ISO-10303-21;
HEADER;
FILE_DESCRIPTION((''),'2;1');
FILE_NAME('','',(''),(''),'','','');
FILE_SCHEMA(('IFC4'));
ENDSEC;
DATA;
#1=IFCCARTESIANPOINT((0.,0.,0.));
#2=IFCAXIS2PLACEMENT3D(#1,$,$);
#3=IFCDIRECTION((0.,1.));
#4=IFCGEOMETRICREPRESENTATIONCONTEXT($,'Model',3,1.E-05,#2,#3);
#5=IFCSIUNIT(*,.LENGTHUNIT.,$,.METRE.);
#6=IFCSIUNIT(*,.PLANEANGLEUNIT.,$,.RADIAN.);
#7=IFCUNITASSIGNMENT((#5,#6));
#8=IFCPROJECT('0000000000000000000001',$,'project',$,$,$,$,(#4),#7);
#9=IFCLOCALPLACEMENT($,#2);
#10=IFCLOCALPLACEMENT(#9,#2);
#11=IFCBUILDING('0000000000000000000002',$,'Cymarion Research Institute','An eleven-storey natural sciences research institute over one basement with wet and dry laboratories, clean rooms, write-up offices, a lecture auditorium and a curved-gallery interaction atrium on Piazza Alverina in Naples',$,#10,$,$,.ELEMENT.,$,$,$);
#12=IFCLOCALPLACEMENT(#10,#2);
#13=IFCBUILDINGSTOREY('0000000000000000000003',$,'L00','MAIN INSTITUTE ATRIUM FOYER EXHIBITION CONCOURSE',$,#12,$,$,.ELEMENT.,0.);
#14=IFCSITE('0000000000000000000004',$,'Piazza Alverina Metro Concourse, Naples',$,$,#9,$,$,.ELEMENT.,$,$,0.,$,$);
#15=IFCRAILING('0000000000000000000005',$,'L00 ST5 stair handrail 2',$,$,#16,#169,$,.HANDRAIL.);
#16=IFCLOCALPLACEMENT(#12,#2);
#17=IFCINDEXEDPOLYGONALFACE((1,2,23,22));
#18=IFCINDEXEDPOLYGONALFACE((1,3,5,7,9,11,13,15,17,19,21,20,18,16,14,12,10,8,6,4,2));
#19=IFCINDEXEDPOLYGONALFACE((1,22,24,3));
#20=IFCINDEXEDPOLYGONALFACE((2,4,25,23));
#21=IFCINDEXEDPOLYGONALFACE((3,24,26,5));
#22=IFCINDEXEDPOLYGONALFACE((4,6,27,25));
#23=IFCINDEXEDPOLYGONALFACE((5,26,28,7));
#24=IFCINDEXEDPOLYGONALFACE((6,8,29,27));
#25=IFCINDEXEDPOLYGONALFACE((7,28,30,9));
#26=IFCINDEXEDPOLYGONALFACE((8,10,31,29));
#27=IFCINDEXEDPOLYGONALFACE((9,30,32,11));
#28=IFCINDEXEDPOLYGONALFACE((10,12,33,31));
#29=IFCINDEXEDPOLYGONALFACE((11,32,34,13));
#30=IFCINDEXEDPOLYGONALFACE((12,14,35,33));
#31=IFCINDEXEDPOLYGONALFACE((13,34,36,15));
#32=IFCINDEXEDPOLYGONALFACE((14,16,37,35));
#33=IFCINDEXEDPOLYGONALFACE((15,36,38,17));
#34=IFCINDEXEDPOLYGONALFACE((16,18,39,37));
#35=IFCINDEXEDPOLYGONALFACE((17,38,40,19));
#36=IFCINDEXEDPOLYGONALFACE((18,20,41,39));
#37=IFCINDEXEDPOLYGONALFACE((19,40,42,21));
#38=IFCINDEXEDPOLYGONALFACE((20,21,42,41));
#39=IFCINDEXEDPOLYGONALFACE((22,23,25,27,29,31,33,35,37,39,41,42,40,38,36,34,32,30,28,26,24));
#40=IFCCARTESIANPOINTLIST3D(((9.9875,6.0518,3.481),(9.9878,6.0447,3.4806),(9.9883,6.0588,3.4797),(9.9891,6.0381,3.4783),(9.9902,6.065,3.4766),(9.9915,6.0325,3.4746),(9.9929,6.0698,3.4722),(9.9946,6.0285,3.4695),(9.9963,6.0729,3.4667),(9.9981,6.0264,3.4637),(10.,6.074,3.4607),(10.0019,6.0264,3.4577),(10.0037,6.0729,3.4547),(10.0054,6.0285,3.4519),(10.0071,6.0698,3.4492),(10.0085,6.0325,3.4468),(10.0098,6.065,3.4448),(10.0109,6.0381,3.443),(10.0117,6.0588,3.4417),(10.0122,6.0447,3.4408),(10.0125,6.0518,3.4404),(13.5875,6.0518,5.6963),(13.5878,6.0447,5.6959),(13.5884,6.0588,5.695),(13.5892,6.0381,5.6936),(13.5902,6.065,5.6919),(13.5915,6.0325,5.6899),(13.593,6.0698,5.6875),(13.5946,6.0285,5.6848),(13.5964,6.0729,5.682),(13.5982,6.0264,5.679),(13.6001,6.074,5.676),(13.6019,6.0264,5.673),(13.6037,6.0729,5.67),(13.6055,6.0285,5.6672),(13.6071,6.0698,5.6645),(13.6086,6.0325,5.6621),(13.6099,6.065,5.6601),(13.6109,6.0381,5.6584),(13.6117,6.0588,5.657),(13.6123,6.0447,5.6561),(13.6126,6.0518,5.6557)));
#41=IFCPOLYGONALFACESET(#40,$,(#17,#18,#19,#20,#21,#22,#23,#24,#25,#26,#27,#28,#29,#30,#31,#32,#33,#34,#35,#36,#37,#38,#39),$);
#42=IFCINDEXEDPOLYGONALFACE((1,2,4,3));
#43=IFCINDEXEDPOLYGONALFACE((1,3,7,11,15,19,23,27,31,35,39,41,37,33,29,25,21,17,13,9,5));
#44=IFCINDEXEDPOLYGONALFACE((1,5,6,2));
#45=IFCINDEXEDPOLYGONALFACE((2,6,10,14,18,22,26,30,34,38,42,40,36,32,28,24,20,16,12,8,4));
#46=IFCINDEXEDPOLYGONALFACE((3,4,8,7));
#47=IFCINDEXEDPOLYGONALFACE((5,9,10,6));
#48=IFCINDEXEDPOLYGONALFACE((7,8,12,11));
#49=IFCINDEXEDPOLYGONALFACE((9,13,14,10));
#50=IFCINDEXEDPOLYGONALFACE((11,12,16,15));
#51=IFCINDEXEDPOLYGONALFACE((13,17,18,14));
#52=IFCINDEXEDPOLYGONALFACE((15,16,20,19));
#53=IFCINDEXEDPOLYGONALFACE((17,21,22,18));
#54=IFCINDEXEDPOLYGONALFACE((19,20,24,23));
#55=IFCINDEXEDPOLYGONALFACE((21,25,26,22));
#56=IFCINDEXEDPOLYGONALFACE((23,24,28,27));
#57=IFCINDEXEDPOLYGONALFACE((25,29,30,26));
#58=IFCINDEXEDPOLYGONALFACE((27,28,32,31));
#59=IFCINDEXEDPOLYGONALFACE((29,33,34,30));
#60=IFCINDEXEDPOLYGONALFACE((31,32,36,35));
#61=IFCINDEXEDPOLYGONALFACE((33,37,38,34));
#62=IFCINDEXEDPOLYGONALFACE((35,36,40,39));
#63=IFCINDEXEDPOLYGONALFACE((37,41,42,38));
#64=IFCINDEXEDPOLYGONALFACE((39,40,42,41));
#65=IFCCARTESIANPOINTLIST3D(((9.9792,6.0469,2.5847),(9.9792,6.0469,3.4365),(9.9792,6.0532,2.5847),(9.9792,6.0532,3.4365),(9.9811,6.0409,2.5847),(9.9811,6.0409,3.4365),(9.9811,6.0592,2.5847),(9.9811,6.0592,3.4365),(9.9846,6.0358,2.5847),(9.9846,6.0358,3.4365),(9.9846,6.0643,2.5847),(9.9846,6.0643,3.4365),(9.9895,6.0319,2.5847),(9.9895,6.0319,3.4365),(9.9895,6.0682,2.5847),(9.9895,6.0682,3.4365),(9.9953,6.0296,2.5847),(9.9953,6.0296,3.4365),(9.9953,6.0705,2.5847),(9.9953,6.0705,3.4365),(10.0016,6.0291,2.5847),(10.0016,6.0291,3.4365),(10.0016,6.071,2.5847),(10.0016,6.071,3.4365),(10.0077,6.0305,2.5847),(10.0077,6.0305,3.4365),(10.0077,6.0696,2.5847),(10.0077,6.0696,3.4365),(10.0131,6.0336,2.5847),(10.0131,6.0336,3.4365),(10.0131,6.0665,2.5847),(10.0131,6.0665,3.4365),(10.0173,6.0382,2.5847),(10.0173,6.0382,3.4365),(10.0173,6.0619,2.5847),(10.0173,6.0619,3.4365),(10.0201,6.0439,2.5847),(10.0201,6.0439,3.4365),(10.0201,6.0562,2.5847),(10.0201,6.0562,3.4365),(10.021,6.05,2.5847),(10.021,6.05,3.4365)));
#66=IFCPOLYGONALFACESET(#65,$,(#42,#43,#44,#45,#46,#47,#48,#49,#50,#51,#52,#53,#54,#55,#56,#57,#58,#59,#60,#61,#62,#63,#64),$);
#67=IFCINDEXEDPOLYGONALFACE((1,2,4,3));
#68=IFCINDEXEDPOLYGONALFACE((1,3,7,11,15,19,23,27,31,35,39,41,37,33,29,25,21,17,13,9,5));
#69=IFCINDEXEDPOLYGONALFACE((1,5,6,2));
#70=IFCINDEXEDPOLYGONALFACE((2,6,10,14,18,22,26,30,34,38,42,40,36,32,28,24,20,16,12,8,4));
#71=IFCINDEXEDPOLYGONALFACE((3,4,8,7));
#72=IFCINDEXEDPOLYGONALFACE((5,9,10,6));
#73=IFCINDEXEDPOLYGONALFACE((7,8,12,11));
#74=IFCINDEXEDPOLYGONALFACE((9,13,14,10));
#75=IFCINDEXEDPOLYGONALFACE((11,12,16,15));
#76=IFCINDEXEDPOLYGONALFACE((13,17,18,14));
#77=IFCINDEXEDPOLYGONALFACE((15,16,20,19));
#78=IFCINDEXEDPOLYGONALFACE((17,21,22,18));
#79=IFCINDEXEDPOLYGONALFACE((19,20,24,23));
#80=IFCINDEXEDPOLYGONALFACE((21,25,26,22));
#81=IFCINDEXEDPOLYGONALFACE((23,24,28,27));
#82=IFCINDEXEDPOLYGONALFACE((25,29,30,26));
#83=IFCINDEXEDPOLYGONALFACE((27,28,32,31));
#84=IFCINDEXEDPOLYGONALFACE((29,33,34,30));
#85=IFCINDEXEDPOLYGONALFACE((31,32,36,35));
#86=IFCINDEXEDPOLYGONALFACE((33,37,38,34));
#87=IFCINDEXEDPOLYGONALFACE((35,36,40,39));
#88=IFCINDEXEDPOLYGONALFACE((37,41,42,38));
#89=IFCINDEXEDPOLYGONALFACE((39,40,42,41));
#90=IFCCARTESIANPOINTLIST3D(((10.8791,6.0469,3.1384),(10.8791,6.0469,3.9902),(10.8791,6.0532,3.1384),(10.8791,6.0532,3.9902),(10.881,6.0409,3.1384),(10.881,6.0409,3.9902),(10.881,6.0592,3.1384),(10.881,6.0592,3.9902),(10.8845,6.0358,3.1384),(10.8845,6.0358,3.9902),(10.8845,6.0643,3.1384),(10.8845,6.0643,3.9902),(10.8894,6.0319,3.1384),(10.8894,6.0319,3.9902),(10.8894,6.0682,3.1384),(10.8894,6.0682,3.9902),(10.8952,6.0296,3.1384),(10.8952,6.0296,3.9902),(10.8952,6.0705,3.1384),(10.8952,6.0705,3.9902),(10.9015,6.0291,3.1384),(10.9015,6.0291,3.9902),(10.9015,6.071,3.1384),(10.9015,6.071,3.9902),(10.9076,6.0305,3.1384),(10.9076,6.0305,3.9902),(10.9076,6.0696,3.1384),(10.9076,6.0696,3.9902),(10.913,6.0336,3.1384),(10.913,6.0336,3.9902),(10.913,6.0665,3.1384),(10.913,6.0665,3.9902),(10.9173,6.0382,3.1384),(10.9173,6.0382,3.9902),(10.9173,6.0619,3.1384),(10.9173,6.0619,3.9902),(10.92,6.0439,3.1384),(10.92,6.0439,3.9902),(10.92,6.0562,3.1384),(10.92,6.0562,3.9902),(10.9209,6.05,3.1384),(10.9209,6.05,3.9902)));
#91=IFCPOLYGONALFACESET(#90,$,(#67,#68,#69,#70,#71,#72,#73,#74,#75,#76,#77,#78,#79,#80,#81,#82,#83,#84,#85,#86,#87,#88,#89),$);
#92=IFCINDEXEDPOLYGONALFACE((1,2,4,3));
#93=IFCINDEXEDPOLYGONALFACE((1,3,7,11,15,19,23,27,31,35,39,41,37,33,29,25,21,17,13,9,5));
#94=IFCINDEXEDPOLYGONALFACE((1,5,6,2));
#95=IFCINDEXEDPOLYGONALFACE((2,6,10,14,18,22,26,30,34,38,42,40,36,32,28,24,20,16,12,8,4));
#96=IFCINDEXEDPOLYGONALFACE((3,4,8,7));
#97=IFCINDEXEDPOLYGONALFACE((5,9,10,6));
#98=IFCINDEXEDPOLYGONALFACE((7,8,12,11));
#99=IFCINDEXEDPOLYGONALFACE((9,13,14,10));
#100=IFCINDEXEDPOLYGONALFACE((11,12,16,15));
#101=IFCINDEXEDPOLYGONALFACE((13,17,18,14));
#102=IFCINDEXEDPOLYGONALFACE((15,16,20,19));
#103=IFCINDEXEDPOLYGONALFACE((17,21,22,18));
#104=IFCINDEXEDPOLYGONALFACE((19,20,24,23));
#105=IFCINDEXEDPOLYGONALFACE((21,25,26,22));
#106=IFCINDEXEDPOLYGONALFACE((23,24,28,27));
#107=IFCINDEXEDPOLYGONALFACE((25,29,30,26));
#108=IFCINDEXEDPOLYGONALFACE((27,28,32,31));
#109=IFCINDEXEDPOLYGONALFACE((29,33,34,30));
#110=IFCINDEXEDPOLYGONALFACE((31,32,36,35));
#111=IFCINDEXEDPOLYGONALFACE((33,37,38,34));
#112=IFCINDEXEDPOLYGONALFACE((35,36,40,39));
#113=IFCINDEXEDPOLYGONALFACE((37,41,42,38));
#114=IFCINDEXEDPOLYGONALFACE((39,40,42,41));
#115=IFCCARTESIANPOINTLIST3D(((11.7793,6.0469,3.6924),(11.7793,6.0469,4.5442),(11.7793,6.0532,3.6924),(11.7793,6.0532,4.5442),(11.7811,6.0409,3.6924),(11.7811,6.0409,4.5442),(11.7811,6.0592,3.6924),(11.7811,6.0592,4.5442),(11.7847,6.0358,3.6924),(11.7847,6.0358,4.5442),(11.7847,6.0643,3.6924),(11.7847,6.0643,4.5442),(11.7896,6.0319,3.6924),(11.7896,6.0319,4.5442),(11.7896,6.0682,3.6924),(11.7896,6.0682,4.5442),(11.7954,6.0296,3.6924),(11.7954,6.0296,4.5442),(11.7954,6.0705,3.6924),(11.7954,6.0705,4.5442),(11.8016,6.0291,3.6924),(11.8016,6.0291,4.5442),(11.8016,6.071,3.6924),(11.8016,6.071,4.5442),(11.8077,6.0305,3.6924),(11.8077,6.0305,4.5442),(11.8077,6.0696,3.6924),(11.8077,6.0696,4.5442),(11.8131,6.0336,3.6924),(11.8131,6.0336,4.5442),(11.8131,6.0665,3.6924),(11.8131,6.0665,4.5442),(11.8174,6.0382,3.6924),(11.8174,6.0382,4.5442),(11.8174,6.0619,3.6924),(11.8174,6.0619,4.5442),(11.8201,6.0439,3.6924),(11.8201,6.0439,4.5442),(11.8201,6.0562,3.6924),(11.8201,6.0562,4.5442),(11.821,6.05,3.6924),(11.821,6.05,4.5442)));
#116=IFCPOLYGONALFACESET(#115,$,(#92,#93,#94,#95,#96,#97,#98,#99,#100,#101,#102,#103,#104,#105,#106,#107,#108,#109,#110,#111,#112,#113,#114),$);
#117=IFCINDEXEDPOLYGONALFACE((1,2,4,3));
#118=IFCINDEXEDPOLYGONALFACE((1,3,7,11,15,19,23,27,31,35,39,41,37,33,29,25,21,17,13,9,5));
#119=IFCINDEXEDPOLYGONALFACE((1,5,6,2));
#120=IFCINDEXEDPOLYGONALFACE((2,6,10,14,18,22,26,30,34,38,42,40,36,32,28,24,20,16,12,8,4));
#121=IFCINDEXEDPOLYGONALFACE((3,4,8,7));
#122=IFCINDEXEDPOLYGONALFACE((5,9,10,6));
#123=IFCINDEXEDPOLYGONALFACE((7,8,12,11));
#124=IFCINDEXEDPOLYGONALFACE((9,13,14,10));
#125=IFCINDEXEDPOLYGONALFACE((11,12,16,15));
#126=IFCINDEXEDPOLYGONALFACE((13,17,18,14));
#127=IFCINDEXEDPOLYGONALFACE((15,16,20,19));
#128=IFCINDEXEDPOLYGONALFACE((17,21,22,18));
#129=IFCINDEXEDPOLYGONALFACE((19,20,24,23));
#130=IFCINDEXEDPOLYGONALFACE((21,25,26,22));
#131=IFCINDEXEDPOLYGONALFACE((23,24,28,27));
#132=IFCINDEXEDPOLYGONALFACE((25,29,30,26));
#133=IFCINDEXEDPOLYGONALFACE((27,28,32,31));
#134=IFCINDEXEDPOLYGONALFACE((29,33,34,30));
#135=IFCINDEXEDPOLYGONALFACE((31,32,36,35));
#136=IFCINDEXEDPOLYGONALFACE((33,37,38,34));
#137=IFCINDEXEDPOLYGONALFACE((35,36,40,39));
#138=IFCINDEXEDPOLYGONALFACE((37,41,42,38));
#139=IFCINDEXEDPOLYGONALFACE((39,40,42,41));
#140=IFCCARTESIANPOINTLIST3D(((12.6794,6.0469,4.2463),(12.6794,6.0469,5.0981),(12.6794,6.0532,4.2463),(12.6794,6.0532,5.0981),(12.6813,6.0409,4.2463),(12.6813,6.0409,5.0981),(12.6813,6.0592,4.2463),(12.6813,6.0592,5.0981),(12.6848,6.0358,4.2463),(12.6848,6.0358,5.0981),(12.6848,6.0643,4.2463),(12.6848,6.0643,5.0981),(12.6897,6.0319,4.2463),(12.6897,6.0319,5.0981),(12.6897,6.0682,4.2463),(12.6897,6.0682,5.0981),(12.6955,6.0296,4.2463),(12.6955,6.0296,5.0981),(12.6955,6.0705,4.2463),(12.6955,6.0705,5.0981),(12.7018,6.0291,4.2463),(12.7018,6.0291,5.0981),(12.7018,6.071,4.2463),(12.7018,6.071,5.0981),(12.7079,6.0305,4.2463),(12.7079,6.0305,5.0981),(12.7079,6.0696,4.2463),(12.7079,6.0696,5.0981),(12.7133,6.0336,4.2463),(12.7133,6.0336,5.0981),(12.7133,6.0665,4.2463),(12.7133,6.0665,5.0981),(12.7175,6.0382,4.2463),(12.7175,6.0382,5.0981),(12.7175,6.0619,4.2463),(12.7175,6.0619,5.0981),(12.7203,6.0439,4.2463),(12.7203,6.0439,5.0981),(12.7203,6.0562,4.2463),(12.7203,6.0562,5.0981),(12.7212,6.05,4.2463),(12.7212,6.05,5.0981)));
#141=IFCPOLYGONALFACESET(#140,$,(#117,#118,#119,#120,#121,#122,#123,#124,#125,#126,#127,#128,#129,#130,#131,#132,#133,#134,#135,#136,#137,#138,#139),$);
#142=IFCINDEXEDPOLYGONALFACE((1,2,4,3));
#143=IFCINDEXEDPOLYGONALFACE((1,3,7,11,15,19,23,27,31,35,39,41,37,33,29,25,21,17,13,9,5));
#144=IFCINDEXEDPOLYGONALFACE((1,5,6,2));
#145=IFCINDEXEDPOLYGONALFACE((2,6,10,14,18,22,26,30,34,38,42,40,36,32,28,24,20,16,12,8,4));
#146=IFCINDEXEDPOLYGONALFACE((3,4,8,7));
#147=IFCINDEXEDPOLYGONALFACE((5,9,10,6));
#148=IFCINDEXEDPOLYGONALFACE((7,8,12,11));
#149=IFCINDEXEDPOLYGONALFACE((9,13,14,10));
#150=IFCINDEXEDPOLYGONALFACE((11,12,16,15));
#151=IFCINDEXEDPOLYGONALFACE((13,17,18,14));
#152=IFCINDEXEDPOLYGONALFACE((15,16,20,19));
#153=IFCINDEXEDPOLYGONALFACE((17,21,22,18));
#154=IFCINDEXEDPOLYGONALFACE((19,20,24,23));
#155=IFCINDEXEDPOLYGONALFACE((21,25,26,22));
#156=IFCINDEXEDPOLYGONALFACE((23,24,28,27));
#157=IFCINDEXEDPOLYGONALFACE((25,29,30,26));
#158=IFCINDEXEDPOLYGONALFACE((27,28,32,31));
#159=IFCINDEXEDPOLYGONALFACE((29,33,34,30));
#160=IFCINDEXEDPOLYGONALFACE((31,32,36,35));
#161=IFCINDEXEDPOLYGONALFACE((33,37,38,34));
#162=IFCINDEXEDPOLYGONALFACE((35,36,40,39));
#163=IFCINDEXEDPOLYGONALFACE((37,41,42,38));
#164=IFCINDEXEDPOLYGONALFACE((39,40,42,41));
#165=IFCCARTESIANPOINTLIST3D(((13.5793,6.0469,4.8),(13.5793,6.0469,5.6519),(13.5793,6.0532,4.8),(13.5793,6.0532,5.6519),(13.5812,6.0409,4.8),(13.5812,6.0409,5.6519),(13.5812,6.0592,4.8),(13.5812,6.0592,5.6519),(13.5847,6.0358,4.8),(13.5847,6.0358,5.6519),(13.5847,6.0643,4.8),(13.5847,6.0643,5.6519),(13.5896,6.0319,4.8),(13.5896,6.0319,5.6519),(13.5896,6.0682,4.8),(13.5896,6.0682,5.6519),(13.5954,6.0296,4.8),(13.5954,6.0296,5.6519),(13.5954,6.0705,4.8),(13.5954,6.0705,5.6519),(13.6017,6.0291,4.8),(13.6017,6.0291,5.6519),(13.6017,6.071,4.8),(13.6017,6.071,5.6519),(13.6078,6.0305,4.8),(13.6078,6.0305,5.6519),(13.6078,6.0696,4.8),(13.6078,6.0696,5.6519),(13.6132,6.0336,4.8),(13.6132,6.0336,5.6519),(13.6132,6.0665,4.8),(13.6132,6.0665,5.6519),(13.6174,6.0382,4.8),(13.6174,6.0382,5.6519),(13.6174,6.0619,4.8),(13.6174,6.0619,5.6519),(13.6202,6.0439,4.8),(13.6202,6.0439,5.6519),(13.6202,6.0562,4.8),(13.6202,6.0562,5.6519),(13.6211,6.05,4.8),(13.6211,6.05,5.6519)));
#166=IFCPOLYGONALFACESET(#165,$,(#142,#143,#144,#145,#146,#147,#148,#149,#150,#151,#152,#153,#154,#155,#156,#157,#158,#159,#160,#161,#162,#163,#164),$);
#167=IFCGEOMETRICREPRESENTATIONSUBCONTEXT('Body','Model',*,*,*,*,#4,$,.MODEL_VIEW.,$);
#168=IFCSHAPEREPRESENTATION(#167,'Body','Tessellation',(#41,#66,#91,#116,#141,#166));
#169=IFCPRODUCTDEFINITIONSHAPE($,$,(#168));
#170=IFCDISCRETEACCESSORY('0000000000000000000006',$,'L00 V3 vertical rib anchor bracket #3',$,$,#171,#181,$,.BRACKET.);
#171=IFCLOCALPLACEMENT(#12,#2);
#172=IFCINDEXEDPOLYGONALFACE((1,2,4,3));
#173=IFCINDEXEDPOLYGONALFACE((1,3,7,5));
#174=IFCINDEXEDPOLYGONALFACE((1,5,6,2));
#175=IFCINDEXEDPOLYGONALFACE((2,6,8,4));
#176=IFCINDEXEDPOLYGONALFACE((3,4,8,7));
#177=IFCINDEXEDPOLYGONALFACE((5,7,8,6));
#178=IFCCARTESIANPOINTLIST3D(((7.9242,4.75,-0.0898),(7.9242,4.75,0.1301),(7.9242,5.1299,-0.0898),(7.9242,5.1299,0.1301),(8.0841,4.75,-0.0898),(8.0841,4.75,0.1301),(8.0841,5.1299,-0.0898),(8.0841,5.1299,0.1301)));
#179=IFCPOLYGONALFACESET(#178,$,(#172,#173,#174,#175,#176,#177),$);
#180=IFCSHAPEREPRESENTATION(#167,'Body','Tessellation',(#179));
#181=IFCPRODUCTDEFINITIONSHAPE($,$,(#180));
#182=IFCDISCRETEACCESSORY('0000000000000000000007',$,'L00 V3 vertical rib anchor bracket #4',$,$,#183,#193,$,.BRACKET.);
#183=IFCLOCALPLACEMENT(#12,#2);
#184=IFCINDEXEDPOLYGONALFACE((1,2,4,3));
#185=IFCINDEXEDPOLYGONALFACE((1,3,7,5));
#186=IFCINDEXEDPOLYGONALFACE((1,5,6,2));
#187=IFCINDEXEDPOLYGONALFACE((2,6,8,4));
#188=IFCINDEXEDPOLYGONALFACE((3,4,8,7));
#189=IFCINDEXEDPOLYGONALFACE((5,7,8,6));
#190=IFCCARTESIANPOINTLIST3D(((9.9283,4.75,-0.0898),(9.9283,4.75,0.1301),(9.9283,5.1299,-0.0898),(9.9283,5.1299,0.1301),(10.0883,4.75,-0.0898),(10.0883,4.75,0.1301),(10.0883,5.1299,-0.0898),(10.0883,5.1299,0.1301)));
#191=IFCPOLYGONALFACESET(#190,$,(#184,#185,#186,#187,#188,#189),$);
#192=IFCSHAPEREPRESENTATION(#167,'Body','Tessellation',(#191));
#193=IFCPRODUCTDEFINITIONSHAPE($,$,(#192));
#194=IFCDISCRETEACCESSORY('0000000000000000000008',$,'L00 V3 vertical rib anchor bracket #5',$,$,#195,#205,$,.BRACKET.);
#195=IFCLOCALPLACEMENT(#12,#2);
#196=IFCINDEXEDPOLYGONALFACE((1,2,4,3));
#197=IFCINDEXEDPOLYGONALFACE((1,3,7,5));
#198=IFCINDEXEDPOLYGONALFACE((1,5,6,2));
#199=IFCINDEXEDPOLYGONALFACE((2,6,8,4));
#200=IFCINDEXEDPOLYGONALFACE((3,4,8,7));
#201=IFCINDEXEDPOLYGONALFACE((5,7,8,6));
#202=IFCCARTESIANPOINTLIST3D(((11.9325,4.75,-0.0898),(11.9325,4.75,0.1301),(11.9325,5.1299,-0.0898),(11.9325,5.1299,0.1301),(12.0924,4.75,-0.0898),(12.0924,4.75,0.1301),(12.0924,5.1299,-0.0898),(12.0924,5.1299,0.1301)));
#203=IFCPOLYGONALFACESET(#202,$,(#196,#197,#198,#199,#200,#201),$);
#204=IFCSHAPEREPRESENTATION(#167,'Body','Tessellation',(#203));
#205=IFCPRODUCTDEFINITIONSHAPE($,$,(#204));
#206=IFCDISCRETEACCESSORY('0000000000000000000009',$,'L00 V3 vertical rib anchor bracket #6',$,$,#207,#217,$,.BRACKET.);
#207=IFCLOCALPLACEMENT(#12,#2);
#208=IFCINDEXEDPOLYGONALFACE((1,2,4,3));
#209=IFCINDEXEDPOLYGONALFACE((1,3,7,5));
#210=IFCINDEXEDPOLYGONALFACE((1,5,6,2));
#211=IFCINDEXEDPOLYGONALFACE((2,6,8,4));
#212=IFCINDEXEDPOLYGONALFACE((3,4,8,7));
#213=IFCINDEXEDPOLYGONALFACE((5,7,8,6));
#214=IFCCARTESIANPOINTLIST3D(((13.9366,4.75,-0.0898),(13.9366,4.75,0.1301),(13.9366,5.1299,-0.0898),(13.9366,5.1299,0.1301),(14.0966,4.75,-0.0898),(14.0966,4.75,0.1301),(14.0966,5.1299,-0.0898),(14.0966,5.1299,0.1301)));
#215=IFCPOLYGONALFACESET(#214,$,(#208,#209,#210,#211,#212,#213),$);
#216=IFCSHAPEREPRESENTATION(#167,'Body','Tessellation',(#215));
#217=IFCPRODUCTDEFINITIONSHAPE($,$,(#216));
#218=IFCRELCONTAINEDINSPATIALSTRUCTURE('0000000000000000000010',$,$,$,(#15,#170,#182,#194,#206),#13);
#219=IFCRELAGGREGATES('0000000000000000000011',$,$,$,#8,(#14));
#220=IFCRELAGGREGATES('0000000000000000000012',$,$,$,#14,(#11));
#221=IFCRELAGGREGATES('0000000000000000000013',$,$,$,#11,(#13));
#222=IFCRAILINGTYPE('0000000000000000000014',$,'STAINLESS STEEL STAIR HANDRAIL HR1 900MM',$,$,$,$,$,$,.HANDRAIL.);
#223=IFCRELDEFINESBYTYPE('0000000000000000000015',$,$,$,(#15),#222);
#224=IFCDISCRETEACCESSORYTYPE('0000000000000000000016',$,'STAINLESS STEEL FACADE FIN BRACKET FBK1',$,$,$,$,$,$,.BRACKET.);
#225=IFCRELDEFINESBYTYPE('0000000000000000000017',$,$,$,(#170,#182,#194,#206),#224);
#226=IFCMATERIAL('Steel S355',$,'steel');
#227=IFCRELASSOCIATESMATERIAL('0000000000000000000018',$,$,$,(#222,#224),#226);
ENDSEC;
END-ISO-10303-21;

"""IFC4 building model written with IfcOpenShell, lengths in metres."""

from ifc_helpers import new_model, si_unit, direction, frame, origin, origin_2d, place, context, subcontext, project, spatial, rectangle, circle, extrude, material, type_object, element, save


model = new_model("IFC4")

# Units and contexts
model_context = context("Model", 3, precision=1e-05, world=origin(), true_north=direction((0.0, 1.0)))
body_context = subcontext(model_context, "Body", "Model", "MODEL_VIEW")
ifc_project = project(units=[si_unit("LENGTHUNIT", "METRE"), si_unit("PLANEANGLEUNIT", "RADIAN")], contexts=[model_context])

# Site, building, storey
site_placement = place(None, origin())
site = spatial("IfcSite", under=ifc_project, at=site_placement, Name="Piazza Alverina Metro Concourse, Naples", CompositionType="ELEMENT", RefElevation=0.0)
building_placement = place(site_placement, origin())
building = spatial("IfcBuilding", under=site, at=building_placement, Name="Cymarion Research Institute", Description="An eleven-storey natural sciences research institute over one basement with wet and dry laboratories, clean rooms, write-up offices, a lecture auditorium and a curved-gallery interaction atrium on Piazza Alverina in Naples", CompositionType="ELEMENT")
storey_placement = place(building_placement, origin())
storey = spatial("IfcBuildingStorey", under=building, at=storey_placement, Name="L00", Description="MAIN INSTITUTE ATRIUM FOYER EXHIBITION CONCOURSE", CompositionType="ELEMENT", Elevation=0.0)

# Shared definitions
ifc_material_1 = material(Name="Steel S355", Category="steel")

# Railing
railing_type_1 = type_object("IfcRailingType", Name="STAINLESS STEEL STAIR HANDRAIL HR1 900MM", PredefinedType="HANDRAIL", material=ifc_material_1)
railing_1_placement = place(storey_placement, frame((10.0, 6.05, 2.5847)))
element("IfcRailing", 1, at=railing_1_placement, inside=storey, type_object=railing_type_1, Name="L00 ST5 stair handrail 2", PredefinedType="HANDRAIL", context=body_context, shape_type="SweptSolid", body=[
    extrude(circle(Radius=0.0239, at=origin_2d()), frame((0.0, 0.0, 0.876), z_axis=(0.85167, 0.0, 0.524078), x_axis=(0.0, 1.0, 0.0)), (0.0, 0.0, 1.0), 4.2271),
    extrude(circle(Radius=0.021, at=origin_2d()), origin(), (0.0, 0.0, 1.0), 0.8518),
    extrude(circle(Radius=0.021, at=origin_2d()), frame((0.8999, 0.0, 0.5537)), (0.0, 0.0, 1.0), 0.8518),
    extrude(circle(Radius=0.021, at=origin_2d()), frame((1.8, 0.0, 1.1077)), (0.0, 0.0, 1.0), 0.8518),
    extrude(circle(Radius=0.021, at=origin_2d()), frame((2.7002, 0.0, 1.6616)), (0.0, 0.0, 1.0), 0.8518),
    extrude(circle(Radius=0.021, at=origin_2d()), frame((3.6001, 0.0, 2.2153)), (0.0, 0.0, 1.0), 0.8518),
])

# Discrete accessories
discrete_accessory_type = type_object("IfcDiscreteAccessoryType", Name="STAINLESS STEEL FACADE FIN BRACKET FBK1", PredefinedType="BRACKET", material=ifc_material_1)
for number, where, z_axis, x_axis, name in (
    (2, (8.0042, 4.9399, -0.0898), (0.0, 0.0, 1.0), (0.0, -1.0, 0.0), "L00 V3 vertical rib anchor bracket #3"),
    (3, (10.0083, 4.9399, -0.0898), (0.0, 0.0, 1.0), (0.0, -1.0, 0.0), "L00 V3 vertical rib anchor bracket #4"),
    (4, (12.0125, 4.9399, -0.0898), (0.0, 0.0, 1.0), (0.0, -1.0, 0.0), "L00 V3 vertical rib anchor bracket #5"),
    (5, (14.0166, 4.9399, -0.0898), (0.0, 0.0, 1.0), (0.0, -1.0, 0.0), "L00 V3 vertical rib anchor bracket #6"),
):
    element("IfcDiscreteAccessory", number, at=place(storey_placement, frame(where, z_axis=z_axis, x_axis=x_axis)), inside=storey, type_object=discrete_accessory_type, Name=name, PredefinedType="BRACKET", context=body_context, shape_type="SweptSolid", body=[
        extrude(rectangle(XDim=0.3799, YDim=0.1599, at=origin_2d()), origin(), (0.0, 0.0, 1.0), 0.22),
    ])

save(model, "model.ifc")
